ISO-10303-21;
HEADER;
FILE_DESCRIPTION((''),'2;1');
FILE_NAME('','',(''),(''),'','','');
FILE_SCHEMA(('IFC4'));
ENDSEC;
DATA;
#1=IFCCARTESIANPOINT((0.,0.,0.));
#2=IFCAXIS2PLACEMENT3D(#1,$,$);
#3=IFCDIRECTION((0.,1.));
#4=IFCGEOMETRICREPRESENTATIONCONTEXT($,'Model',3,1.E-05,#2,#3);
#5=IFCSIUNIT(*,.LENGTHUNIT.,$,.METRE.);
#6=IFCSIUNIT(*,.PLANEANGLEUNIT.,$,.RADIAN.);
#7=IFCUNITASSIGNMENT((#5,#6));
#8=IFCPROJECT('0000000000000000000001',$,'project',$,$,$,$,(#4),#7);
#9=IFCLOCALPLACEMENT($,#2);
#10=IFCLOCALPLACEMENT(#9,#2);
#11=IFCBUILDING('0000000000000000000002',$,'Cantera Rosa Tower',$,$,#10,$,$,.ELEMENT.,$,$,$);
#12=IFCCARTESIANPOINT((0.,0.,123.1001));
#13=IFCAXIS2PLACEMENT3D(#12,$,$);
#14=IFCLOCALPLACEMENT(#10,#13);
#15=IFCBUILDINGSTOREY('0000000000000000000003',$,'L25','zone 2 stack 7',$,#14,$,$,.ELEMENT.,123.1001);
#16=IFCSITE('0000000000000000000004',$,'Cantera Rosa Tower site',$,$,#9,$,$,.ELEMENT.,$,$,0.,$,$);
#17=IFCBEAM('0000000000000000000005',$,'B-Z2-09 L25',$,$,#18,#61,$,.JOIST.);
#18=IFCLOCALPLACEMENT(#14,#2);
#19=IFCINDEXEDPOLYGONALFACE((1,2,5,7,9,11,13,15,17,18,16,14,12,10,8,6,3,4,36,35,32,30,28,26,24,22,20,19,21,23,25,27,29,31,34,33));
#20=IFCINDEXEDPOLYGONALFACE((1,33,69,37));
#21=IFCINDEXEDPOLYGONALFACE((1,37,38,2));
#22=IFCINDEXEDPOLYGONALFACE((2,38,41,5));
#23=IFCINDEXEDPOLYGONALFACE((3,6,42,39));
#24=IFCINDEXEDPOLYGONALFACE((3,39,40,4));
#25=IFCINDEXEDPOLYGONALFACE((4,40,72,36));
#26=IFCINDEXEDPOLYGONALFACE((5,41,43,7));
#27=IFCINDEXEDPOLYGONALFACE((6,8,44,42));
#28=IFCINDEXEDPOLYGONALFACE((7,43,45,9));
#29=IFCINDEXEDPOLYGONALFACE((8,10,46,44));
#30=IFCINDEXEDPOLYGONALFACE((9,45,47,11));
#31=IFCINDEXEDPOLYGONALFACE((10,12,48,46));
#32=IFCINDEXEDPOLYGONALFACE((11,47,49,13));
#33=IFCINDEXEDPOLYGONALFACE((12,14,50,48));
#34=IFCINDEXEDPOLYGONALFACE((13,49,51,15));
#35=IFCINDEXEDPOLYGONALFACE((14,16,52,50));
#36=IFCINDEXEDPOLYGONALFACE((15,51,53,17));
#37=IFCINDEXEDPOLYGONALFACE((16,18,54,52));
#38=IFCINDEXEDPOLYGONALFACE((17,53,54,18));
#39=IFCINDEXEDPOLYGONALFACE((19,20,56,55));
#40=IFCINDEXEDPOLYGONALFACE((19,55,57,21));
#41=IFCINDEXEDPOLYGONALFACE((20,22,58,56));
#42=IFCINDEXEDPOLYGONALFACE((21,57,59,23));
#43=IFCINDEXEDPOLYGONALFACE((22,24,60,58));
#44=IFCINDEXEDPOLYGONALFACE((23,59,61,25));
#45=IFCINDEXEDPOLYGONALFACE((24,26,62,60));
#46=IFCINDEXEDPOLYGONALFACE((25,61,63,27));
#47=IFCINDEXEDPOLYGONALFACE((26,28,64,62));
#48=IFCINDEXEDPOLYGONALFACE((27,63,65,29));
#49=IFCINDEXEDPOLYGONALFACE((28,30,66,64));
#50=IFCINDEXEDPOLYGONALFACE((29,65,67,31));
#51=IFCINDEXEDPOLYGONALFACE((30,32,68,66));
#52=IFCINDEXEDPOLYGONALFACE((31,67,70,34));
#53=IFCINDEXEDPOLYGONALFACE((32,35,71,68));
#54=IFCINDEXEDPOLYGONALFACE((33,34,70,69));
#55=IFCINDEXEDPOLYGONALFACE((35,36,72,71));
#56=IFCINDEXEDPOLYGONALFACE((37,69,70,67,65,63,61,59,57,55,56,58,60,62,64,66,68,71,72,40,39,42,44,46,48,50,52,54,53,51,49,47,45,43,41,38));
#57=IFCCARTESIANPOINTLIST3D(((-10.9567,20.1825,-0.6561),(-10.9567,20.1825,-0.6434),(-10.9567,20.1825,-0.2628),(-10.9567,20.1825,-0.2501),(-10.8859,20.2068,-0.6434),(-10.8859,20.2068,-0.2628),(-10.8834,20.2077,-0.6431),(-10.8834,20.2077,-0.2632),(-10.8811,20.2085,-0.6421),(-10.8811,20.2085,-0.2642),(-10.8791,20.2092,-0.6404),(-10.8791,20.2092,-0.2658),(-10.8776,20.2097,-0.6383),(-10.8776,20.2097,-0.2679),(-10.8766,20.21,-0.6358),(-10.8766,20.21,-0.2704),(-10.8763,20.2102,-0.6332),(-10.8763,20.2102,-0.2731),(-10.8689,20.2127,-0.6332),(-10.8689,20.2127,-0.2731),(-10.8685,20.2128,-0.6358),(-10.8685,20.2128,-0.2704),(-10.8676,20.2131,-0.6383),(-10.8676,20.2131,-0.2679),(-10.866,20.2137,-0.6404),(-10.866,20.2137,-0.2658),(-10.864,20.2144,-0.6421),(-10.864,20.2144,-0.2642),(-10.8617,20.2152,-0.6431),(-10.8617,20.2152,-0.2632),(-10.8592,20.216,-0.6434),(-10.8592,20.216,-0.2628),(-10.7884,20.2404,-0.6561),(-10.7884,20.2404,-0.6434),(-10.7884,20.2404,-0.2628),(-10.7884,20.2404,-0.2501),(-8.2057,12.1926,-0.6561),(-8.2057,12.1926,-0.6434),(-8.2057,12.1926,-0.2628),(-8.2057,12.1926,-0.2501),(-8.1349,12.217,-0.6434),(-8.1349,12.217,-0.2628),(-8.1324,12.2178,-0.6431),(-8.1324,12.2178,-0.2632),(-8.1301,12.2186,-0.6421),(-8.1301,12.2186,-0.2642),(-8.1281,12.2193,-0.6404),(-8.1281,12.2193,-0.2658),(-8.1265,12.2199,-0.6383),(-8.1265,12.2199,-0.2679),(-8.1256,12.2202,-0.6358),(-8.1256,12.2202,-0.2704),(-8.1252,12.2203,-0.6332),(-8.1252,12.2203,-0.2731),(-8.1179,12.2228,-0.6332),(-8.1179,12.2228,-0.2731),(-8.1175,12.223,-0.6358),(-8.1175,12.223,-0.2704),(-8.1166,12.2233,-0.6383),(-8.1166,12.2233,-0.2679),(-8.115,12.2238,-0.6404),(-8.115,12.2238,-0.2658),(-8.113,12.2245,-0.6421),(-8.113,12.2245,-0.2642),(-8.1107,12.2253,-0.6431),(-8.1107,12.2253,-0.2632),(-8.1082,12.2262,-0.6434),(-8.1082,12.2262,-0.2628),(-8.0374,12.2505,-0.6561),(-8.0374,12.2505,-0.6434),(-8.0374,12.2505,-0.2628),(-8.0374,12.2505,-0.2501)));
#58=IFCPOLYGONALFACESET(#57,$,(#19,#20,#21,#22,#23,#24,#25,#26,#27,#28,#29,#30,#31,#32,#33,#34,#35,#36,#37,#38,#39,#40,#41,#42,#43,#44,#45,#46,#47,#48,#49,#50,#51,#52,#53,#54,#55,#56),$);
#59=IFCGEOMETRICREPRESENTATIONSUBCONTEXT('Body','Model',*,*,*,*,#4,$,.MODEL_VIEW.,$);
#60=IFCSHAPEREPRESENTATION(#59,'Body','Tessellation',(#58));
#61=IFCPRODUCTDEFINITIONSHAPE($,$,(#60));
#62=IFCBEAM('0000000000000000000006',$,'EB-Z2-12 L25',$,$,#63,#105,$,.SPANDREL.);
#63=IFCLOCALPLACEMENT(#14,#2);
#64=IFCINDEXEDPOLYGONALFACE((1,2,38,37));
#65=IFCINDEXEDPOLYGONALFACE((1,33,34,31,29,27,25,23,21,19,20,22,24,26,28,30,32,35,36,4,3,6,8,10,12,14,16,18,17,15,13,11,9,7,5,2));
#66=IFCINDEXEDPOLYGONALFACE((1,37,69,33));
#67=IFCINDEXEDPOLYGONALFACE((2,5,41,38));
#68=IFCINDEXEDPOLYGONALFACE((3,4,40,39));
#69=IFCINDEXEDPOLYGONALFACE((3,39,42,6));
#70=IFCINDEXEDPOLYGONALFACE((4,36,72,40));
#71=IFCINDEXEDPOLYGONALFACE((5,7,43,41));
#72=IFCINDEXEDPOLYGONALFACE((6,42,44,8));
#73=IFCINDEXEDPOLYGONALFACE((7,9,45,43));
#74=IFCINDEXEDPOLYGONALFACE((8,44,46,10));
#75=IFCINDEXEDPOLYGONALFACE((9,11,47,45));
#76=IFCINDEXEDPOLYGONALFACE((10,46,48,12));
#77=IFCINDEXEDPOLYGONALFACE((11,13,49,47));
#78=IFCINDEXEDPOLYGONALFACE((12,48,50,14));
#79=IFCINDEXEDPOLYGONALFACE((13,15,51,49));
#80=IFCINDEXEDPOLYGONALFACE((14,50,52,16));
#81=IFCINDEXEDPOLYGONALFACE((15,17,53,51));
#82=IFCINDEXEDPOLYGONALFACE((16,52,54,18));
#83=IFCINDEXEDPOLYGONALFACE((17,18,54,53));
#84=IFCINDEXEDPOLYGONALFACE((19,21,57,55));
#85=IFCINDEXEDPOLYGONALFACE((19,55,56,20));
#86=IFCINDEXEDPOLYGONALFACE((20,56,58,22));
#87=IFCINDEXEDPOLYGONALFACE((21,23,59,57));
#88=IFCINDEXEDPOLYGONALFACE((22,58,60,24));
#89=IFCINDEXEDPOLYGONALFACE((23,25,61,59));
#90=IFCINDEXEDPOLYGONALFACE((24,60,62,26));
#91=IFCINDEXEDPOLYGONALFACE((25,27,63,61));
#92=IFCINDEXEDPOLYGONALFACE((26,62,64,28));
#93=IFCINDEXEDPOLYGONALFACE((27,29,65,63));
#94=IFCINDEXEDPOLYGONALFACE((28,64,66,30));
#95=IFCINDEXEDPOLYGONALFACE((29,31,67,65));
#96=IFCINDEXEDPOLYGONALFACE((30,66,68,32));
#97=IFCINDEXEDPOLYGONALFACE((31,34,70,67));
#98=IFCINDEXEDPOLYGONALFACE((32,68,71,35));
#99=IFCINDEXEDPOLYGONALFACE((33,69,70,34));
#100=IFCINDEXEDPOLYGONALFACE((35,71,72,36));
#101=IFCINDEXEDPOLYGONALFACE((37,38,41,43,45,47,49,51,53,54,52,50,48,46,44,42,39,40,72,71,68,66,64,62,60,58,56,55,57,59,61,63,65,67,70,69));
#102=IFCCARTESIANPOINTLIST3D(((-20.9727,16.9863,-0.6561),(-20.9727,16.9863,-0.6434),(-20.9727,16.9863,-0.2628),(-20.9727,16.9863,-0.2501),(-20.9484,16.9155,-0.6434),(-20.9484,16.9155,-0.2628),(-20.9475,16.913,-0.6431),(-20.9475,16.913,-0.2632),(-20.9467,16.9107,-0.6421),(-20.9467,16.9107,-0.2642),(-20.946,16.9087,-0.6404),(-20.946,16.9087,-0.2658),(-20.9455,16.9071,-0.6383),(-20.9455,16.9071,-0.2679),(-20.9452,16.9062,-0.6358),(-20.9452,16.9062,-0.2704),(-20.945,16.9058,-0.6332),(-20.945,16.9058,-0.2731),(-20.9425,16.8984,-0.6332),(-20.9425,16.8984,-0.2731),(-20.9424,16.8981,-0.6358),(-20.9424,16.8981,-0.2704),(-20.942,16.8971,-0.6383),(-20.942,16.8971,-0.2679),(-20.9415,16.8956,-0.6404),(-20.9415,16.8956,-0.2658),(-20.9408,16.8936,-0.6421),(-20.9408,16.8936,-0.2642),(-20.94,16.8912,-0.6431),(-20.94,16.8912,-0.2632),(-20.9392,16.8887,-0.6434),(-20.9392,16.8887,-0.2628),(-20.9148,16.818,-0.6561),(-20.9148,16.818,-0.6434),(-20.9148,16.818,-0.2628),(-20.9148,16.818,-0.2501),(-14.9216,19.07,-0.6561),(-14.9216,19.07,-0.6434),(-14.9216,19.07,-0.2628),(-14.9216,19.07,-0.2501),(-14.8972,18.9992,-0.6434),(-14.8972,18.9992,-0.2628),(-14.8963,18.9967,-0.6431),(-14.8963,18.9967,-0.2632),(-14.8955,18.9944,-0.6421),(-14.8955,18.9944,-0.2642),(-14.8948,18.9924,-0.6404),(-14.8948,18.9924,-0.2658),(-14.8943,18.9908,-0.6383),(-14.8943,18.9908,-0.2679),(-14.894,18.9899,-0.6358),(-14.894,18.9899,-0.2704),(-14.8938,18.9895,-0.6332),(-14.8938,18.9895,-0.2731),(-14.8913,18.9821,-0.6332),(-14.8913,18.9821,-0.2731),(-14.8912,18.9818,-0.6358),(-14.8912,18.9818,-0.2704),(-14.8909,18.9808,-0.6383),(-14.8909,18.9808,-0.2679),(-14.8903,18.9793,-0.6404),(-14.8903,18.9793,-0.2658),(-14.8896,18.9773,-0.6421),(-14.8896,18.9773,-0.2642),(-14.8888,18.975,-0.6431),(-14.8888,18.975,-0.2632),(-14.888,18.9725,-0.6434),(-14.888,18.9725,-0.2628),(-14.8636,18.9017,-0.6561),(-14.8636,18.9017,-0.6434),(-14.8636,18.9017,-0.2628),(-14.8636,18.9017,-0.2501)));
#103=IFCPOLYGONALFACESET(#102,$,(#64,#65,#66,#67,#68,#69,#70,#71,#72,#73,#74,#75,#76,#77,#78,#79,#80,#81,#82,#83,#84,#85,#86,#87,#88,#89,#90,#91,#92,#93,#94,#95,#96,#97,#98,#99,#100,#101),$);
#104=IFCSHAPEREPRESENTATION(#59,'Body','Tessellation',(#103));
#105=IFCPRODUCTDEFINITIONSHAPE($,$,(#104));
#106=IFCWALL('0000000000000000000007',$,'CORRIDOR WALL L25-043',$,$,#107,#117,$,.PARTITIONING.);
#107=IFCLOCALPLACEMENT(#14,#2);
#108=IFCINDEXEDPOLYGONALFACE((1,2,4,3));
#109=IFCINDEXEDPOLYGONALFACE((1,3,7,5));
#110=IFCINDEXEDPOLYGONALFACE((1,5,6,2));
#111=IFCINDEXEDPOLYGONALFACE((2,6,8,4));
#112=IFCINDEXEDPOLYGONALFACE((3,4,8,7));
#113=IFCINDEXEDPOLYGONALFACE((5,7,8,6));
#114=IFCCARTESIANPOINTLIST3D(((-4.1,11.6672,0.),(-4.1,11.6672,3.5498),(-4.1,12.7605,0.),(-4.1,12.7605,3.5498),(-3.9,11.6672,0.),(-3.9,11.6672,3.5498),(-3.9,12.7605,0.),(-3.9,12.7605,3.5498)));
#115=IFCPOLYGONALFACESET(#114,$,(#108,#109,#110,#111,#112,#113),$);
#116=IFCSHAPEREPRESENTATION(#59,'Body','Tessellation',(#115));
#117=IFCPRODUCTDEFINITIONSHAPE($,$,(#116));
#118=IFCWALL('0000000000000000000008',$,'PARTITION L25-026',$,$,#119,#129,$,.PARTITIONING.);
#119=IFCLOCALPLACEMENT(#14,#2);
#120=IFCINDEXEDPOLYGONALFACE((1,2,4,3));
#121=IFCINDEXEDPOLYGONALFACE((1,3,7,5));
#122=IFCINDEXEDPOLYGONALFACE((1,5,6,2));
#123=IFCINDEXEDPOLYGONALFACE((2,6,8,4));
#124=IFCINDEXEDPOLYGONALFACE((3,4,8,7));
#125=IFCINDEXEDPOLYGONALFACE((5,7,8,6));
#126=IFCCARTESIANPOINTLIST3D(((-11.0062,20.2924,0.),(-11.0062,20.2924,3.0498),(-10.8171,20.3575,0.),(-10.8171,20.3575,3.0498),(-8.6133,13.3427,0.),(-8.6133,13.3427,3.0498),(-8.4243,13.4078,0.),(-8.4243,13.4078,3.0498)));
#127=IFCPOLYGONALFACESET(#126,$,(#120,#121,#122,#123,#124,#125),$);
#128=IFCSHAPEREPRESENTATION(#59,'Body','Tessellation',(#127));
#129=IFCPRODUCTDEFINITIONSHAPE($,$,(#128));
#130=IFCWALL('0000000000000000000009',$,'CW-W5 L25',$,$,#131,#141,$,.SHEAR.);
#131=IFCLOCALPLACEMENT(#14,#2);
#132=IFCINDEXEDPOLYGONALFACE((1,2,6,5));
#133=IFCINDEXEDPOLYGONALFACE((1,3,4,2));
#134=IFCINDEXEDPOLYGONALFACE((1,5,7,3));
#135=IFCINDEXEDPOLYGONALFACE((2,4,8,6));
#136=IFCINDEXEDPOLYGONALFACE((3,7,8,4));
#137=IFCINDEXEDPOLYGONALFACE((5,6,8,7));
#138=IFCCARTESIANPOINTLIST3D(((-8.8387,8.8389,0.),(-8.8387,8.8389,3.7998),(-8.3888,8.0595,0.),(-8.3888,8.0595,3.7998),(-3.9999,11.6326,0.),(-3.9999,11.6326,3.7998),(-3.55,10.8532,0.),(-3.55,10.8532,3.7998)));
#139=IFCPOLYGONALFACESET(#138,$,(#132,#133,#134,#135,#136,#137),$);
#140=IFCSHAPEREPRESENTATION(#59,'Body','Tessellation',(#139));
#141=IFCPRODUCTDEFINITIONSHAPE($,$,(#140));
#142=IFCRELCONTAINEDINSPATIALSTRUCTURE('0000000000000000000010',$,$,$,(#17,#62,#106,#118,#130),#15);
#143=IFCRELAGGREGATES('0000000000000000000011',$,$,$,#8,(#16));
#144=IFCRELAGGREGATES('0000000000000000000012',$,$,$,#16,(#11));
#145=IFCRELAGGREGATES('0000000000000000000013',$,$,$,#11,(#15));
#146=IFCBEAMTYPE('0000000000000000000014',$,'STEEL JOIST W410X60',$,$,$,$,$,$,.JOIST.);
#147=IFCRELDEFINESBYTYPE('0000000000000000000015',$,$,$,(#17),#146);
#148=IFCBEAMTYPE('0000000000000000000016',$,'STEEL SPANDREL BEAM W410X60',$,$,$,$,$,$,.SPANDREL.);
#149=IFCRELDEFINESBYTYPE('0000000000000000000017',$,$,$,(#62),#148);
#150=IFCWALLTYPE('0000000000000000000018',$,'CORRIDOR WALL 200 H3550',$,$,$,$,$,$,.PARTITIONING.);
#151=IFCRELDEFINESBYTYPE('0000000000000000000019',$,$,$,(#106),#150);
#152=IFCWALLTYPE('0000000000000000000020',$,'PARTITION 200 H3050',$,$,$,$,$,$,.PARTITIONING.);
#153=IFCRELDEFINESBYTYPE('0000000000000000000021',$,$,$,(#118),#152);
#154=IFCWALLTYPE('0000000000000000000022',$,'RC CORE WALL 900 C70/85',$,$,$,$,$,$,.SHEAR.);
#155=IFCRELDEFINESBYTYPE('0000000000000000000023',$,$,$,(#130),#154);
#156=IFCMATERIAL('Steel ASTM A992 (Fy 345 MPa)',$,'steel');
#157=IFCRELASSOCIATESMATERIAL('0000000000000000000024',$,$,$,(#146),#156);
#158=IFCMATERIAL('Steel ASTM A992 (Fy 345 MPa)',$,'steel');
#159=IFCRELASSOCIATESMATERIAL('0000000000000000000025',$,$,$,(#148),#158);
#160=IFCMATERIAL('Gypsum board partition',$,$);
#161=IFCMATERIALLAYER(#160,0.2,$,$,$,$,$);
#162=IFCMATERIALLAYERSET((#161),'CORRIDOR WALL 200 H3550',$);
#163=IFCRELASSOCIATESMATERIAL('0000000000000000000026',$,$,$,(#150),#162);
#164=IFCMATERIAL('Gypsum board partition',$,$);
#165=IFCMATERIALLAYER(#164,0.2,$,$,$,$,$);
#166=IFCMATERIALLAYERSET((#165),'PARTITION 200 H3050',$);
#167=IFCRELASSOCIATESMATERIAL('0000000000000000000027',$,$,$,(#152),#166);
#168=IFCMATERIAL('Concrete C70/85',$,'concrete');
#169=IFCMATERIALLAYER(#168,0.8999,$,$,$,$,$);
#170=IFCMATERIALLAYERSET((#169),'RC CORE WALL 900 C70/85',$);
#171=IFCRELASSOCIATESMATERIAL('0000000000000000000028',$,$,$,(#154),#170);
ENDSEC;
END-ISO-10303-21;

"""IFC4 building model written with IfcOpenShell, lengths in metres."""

from ifc_helpers import new_model, si_unit, direction, frame, frame_2d, origin, origin_2d, place, context, subcontext, project, spatial, rectangle, i_section, extrude, material, layer, layer_set, material_profile, profile_set, type_object, element, save


model = new_model("IFC4")

# Units and contexts
model_context = context("Model", 3, precision=1e-05, world=origin(), true_north=direction((0.0, 1.0)))
body_context = subcontext(model_context, "Body", "Model", "MODEL_VIEW")
ifc_project = project(units=[si_unit("LENGTHUNIT", "METRE"), si_unit("PLANEANGLEUNIT", "RADIAN")], contexts=[model_context])

# Site, building, storey
site_placement = place(None, origin())
site = spatial("IfcSite", under=ifc_project, at=site_placement, Name="Cantera Rosa Tower site", CompositionType="ELEMENT", RefElevation=0.0)
building_placement = place(site_placement, origin())
building = spatial("IfcBuilding", under=site, at=building_placement, Name="Cantera Rosa Tower", CompositionType="ELEMENT")
storey_placement = place(building_placement, frame((0.0, 0.0, 123.1001)))
storey = spatial("IfcBuildingStorey", under=building, at=storey_placement, Name="L25", Description="zone 2 stack 7", CompositionType="ELEMENT", Elevation=123.1001)

# Beams
ifc_material_1 = material(Name="Steel ASTM A992 (Fy 345 MPa)", Category="steel")
ifc_material_profile_1 = material_profile(ifc_material_1, i_section(OverallWidth=0.178, OverallDepth=0.406, WebThickness=0.0078, FlangeThickness=0.0127, FilletRadius=0.0103, at=origin_2d()), Name="W410X60")
ifc_profile_set_1 = profile_set([ifc_material_profile_1], Name="Steel ASTM A992 (Fy 345 MPa)")
beam_type_1 = type_object("IfcBeamType", Name="STEEL JOIST W410X60", PredefinedType="JOIST", material=ifc_profile_set_1)
beam_1_placement = place(storey_placement, frame((-10.8726, 20.2114, -0.4531), z_axis=(0.325556, -0.945523, 0.0), x_axis=(0.945523, 0.325556, 0.0)))
element("IfcBeam", 1, at=beam_1_placement, inside=storey, type_object=beam_type_1, Name="B-Z2-09 L25", PredefinedType="JOIST", context=body_context, shape_type="SweptSolid", body=[
    extrude(i_section(OverallWidth=0.178, OverallDepth=0.406, WebThickness=0.0078, FlangeThickness=0.0127, FilletRadius=0.0103, at=origin_2d()), origin(), (0.0, 0.0, 1.0), 8.4502),
])
ifc_material_2 = material(Name="Steel ASTM A992 (Fy 345 MPa)", Category="steel")
ifc_material_profile_2 = material_profile(ifc_material_2, i_section(OverallWidth=0.178, OverallDepth=0.406, WebThickness=0.0078, FlangeThickness=0.0127, FilletRadius=0.0103, at=origin_2d()), Name="W410X60")
ifc_profile_set_2 = profile_set([ifc_material_profile_2], Name="Steel ASTM A992 (Fy 345 MPa)")
beam_type_2 = type_object("IfcBeamType", Name="STEEL SPANDREL BEAM W410X60", PredefinedType="SPANDREL", material=ifc_profile_set_2)
beam_2_placement = place(storey_placement, frame((-14.8926, 18.9858, -0.4531), z_axis=(-0.945513, -0.325585, 0.0), x_axis=(0.325585, -0.945513, 0.0)))
element("IfcBeam", 2, at=beam_2_placement, inside=storey, type_object=beam_type_2, Name="EB-Z2-12 L25", PredefinedType="SPANDREL", context=body_context, shape_type="SweptSolid", body=[
    extrude(i_section(OverallWidth=0.178, OverallDepth=0.406, WebThickness=0.0078, FlangeThickness=0.0127, FilletRadius=0.0103, at=origin_2d()), origin(), (0.0, 0.0, 1.0), 6.3999),
])

# Wall
ifc_material_3 = material(Name="Gypsum board partition")
ifc_layer_1 = layer(ifc_material_3, 0.2)
ifc_layer_set_1 = layer_set([ifc_layer_1], Name="CORRIDOR WALL 200 H3550")
wall_type_1 = type_object("IfcWallType", Name="CORRIDOR WALL 200 H3550", PredefinedType="PARTITIONING", material=ifc_layer_set_1)
wall_1_placement = place(storey_placement, frame((-4.0, 12.7605, 0.0), z_axis=(0.0, 0.0, 1.0), x_axis=(0.0, -1.0, 0.0)))
element("IfcWall", 3, at=wall_1_placement, inside=storey, type_object=wall_type_1, Name="CORRIDOR WALL L25-043", PredefinedType="PARTITIONING", context=body_context, shape_type="SweptSolid", body=[
    extrude(rectangle(XDim=1.0933, YDim=0.2, at=frame_2d((0.5466, 0.0))), origin(), (0.0, 0.0, 1.0), 3.5498),
])

# Walls
ifc_material_4 = material(Name="Gypsum board partition")
ifc_layer_2 = layer(ifc_material_4, 0.2)
ifc_layer_set_2 = layer_set([ifc_layer_2], Name="PARTITION 200 H3050")
wall_type_2 = type_object("IfcWallType", Name="PARTITION 200 H3050", PredefinedType="PARTITIONING", material=ifc_layer_set_2)
wall_2_placement = place(storey_placement, frame((-10.9116, 20.325, 0.0), z_axis=(0.0, 0.0, 1.0), x_axis=(0.325549, -0.945525, 0.0)))
element("IfcWall", 4, at=wall_2_placement, inside=storey, type_object=wall_type_2, Name="PARTITION L25-026", PredefinedType="PARTITIONING", context=body_context, shape_type="SweptSolid", body=[
    extrude(rectangle(XDim=7.3501, YDim=0.2, at=frame_2d((3.675, 0.0))), origin(), (0.0, 0.0, 1.0), 3.0498),
])
ifc_material_5 = material(Name="Concrete C70/85", Category="concrete")
ifc_layer_3 = layer(ifc_material_5, 0.8999)
ifc_layer_set_3 = layer_set([ifc_layer_3], Name="RC CORE WALL 900 C70/85")
wall_type_3 = type_object("IfcWallType", Name="RC CORE WALL 900 C70/85", PredefinedType="SHEAR", material=ifc_layer_set_3)
wall_3_placement = place(storey_placement, frame((-8.6138, 8.4492, 0.0), z_axis=(0.0, 0.0, 1.0), x_axis=(0.866027, 0.499997, 0.0)))
element("IfcWall", 5, at=wall_3_placement, inside=storey, type_object=wall_type_3, Name="CW-W5 L25", PredefinedType="SHEAR", context=body_context, shape_type="SweptSolid", body=[
    extrude(rectangle(XDim=5.5874, YDim=0.8999, at=frame_2d((2.7937, 0.0))), origin(), (0.0, 0.0, 1.0), 3.7998),
])

save(model, "model.ifc")
